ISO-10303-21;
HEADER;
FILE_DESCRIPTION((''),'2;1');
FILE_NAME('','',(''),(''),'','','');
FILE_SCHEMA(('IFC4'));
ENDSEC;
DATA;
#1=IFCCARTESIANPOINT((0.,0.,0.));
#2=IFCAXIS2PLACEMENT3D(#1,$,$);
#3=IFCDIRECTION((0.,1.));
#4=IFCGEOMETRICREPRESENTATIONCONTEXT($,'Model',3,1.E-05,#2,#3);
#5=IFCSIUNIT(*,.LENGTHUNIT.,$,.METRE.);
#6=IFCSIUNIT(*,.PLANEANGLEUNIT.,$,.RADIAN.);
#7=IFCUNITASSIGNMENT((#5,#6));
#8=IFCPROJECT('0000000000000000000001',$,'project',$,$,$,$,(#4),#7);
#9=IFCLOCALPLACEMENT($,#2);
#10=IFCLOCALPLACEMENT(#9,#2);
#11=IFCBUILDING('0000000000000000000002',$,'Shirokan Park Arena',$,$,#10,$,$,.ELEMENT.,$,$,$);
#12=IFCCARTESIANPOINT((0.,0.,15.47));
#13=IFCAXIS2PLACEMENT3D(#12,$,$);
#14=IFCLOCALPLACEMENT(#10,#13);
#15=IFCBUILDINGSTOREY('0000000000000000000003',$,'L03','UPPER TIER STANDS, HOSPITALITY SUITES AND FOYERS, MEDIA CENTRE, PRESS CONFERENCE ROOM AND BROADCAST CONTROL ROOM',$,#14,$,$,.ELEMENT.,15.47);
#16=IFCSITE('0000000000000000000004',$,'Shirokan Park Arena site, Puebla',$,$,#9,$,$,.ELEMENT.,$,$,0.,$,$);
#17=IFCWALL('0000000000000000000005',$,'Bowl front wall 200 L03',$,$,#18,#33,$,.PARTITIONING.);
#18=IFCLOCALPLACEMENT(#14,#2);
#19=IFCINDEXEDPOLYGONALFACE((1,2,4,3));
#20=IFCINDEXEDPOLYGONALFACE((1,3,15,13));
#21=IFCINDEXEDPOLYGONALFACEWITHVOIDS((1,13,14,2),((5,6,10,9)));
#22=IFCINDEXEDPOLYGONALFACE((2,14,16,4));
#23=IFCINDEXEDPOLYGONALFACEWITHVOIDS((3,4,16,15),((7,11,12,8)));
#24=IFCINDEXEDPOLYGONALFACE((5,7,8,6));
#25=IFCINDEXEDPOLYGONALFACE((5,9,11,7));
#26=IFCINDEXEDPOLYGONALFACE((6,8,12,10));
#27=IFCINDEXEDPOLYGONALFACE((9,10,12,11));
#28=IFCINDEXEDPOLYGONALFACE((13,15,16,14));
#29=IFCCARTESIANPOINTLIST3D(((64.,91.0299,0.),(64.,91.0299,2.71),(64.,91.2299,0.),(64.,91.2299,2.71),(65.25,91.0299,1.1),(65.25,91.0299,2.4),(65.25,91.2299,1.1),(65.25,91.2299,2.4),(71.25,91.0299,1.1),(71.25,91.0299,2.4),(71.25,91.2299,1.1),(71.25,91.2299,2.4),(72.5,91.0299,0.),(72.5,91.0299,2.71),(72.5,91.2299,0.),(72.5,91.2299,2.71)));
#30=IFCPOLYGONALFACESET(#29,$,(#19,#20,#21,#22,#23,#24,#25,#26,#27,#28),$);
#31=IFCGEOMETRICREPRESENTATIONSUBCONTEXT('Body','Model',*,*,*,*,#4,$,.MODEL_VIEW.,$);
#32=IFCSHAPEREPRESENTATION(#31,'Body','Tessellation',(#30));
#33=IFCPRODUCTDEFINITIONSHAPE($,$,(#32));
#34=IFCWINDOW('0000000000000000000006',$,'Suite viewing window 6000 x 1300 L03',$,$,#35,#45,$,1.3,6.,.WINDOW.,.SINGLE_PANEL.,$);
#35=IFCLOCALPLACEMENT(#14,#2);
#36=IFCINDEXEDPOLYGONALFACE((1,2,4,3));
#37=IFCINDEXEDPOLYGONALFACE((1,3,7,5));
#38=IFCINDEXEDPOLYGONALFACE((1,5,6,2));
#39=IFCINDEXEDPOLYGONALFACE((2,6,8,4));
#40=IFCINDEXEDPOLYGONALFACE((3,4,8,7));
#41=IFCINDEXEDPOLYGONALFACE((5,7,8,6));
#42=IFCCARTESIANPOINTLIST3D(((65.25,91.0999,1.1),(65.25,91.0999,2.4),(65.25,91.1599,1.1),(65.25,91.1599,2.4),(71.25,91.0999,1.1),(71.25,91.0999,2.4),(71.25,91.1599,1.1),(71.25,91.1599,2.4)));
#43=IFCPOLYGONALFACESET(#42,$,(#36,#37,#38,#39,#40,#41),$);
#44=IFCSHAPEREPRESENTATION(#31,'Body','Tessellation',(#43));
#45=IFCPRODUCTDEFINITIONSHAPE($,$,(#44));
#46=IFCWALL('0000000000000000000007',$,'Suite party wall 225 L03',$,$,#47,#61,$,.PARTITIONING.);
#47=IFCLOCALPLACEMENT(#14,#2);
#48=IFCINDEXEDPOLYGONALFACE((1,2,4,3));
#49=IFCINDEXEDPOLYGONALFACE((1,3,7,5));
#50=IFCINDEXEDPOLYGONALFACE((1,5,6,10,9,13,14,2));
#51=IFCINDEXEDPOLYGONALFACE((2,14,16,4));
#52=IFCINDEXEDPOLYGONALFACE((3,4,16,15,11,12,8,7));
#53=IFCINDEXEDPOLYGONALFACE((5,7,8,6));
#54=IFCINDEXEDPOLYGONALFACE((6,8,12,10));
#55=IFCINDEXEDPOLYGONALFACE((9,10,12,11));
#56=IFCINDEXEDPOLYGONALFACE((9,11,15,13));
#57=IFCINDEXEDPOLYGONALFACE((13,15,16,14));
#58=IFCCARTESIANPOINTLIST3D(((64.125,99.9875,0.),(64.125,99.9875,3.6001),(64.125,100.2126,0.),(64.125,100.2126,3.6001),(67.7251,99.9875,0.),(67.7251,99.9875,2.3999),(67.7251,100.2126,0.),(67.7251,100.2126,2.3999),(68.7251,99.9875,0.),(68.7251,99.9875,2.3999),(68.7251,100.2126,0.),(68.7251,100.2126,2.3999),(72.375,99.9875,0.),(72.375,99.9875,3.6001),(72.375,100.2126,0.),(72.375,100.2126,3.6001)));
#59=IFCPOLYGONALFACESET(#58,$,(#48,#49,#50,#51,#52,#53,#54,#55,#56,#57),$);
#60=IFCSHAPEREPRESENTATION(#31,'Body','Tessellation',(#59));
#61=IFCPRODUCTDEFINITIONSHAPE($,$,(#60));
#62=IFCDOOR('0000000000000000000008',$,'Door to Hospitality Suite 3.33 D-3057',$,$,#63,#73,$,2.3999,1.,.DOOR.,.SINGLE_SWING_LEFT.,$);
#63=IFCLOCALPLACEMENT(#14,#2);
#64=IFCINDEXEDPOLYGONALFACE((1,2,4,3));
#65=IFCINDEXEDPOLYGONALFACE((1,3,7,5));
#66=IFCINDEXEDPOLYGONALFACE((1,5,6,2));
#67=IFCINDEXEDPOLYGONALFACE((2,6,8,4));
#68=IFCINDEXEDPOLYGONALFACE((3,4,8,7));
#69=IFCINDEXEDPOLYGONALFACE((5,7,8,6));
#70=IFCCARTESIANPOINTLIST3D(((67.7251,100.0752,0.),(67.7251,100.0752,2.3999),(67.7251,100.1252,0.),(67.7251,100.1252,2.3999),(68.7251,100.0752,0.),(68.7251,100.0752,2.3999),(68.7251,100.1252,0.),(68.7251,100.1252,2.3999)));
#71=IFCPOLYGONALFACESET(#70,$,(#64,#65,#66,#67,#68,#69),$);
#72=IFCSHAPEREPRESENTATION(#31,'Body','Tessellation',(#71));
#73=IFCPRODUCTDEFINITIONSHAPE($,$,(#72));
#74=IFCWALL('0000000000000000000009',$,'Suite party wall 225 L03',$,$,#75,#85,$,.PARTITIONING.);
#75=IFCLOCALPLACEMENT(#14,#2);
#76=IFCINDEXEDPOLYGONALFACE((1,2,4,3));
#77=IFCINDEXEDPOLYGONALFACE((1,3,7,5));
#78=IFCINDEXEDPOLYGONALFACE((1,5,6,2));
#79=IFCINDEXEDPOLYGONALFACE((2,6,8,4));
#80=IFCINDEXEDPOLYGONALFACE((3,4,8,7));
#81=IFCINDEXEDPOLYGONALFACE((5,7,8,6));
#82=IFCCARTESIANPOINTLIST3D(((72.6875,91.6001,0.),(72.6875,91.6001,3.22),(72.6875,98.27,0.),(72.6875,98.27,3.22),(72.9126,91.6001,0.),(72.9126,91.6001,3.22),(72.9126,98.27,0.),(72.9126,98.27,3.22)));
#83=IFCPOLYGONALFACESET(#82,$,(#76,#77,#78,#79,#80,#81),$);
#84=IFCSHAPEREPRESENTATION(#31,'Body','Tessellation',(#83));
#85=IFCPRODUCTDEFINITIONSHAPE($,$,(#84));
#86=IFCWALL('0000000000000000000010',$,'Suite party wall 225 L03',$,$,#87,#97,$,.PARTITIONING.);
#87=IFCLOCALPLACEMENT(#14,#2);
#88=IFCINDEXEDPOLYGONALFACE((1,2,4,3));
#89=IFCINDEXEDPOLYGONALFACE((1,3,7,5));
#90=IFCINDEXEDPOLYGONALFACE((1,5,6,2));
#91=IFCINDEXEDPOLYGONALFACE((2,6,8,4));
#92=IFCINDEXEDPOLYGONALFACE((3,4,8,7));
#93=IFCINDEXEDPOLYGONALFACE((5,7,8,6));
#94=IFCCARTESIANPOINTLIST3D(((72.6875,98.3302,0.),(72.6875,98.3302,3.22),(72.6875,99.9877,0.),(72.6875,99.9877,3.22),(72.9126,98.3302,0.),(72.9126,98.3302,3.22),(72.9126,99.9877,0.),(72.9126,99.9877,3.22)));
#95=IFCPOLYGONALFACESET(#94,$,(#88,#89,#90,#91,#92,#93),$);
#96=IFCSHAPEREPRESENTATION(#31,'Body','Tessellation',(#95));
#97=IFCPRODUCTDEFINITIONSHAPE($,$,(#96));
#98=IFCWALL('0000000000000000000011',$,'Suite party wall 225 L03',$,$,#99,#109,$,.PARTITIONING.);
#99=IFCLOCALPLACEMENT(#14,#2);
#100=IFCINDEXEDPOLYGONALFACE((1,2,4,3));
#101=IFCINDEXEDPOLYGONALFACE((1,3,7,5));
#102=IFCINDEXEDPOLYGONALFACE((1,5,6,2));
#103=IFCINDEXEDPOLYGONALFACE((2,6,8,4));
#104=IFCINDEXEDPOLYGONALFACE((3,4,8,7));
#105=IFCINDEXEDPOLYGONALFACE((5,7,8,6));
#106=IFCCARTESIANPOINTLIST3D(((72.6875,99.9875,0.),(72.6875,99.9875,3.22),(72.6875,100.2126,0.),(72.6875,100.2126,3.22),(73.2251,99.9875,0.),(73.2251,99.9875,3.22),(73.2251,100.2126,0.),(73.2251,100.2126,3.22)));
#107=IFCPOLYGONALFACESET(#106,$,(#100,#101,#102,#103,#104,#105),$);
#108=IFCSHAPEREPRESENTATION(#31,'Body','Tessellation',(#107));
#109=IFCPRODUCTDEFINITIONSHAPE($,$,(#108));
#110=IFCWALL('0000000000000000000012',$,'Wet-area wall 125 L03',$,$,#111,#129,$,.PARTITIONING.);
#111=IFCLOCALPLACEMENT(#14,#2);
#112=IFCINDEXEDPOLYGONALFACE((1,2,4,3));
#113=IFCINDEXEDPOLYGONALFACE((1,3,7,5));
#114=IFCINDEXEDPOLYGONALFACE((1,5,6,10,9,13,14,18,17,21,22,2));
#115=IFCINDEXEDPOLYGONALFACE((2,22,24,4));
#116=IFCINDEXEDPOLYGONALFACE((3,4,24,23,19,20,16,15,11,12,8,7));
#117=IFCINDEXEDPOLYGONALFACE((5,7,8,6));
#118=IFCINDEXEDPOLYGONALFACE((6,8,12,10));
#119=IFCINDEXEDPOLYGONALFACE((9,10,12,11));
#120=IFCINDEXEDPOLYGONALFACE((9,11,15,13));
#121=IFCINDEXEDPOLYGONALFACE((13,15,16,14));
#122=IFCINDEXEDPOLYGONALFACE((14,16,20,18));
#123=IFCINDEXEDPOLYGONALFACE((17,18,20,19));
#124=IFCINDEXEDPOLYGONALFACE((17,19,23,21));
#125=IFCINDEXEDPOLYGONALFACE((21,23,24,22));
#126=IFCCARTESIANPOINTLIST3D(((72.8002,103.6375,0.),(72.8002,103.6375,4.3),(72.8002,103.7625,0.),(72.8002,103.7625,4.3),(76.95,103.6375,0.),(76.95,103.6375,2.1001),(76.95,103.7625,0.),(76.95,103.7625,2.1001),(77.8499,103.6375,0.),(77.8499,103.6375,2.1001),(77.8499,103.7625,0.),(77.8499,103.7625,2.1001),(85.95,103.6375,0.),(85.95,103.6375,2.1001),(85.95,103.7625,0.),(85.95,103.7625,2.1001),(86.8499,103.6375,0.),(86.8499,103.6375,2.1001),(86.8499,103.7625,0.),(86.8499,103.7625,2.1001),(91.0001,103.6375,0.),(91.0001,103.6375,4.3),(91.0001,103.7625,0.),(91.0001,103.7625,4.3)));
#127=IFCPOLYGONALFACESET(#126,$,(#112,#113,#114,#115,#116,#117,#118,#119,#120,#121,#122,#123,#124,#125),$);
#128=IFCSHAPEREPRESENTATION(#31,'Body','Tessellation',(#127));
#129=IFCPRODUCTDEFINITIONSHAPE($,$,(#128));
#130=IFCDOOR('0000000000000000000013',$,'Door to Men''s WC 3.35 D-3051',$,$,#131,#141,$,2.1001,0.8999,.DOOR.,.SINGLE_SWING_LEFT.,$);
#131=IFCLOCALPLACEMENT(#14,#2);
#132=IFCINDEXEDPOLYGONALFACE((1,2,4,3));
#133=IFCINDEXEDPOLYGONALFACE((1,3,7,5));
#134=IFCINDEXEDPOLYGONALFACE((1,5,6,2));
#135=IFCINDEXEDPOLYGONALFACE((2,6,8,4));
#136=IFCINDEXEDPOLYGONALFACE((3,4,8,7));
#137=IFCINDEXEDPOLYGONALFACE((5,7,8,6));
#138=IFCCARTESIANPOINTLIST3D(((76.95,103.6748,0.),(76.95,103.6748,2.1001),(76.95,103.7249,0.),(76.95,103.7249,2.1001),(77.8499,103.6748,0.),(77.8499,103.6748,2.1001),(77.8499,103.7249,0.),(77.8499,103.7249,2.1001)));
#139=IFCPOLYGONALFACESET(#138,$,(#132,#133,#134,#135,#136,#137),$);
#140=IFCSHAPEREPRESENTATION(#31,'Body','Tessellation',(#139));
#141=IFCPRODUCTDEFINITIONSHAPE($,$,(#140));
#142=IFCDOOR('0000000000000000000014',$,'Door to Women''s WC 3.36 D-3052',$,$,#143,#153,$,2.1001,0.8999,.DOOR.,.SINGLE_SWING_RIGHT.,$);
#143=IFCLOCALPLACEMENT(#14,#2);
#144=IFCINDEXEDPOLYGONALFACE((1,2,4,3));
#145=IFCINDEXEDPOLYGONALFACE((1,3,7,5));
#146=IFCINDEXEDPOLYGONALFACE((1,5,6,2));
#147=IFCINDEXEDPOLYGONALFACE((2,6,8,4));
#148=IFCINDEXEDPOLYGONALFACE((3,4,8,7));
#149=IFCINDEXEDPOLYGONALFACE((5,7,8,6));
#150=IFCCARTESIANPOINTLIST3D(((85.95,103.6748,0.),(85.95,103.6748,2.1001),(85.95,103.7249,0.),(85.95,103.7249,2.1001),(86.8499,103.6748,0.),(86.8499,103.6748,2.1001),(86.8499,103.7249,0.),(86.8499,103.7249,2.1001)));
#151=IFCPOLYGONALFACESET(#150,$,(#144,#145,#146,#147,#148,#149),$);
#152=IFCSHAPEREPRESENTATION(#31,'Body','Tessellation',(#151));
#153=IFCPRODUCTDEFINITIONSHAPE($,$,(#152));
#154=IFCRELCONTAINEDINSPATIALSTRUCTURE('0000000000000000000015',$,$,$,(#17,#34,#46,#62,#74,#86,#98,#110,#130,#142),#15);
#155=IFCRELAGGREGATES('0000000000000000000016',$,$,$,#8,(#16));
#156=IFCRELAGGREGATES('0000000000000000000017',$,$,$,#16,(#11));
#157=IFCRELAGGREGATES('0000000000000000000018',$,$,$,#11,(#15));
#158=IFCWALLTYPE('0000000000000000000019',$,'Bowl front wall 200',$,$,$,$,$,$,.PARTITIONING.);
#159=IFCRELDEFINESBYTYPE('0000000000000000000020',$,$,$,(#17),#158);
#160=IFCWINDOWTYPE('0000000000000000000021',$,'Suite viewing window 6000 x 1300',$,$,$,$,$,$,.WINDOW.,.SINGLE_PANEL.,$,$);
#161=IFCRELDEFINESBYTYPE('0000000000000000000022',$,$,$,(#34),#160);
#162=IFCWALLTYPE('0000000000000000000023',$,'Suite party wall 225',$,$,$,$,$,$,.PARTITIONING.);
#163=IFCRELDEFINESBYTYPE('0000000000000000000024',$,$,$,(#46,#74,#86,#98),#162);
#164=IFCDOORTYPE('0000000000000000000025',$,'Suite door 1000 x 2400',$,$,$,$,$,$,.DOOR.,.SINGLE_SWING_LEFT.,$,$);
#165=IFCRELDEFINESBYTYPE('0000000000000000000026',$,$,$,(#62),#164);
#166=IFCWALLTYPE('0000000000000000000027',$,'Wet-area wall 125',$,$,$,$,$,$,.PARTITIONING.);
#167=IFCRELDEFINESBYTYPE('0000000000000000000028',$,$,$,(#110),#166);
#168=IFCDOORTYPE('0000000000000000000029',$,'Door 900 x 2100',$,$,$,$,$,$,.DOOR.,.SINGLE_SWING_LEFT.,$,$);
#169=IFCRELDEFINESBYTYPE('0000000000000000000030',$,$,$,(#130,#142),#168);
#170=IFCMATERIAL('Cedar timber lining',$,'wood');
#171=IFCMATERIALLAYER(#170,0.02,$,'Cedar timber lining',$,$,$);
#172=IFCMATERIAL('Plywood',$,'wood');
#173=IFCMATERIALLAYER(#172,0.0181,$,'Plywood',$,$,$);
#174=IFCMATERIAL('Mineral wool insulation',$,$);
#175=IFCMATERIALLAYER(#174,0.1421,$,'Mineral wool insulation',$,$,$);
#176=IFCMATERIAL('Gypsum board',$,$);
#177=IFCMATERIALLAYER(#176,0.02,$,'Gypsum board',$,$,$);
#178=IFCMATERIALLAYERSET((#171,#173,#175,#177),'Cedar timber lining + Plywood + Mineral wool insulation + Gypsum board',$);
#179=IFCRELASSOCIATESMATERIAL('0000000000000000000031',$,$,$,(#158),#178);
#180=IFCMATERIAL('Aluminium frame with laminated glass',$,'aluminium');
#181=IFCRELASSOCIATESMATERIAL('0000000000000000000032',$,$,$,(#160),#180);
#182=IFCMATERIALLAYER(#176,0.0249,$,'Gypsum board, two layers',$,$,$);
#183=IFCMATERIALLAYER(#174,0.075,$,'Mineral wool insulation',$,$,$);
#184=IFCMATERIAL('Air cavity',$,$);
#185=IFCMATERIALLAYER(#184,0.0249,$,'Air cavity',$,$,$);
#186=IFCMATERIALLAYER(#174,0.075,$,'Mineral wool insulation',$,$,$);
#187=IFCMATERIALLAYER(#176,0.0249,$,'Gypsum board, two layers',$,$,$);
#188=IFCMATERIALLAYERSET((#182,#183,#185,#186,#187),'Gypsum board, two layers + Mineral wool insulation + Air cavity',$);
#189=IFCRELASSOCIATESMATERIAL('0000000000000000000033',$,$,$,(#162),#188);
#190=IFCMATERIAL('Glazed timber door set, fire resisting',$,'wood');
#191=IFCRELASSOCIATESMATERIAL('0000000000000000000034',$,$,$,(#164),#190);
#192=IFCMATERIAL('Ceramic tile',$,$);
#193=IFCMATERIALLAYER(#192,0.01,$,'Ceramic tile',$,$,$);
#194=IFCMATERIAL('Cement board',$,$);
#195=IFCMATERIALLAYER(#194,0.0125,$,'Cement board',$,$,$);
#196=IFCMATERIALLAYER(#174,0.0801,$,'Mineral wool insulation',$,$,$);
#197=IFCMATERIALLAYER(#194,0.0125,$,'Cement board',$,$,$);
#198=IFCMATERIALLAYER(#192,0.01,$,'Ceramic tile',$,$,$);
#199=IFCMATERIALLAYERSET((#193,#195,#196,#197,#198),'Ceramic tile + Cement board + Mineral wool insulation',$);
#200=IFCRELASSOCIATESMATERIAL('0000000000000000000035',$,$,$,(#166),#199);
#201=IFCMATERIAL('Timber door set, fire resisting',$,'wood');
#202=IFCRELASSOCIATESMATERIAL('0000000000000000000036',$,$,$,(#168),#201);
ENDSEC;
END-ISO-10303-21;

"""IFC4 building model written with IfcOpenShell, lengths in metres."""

from ifc_helpers import new_model, si_unit, direction, frame, frame_2d, origin, place, context, subcontext, project, spatial, rectangle, extrude, material, layer, layer_set, type_object, element, fill, save


model = new_model("IFC4")

# Units and contexts
model_context = context("Model", 3, precision=1e-05, world=origin(), true_north=direction((0.0, 1.0)))
body_context = subcontext(model_context, "Body", "Model", "MODEL_VIEW")
ifc_project = project(units=[si_unit("LENGTHUNIT", "METRE"), si_unit("PLANEANGLEUNIT", "RADIAN")], contexts=[model_context])

# Site, building, storey
site_placement = place(None, origin())
site = spatial("IfcSite", under=ifc_project, at=site_placement, Name="Shirokan Park Arena site, Puebla", CompositionType="ELEMENT", RefElevation=0.0)
building_placement = place(site_placement, origin())
building = spatial("IfcBuilding", under=site, at=building_placement, Name="Shirokan Park Arena", CompositionType="ELEMENT")
storey_placement = place(building_placement, frame((0.0, 0.0, 15.47)))
storey = spatial("IfcBuildingStorey", under=building, at=storey_placement, Name="L03", Description="UPPER TIER STANDS, HOSPITALITY SUITES AND FOYERS, MEDIA CENTRE, PRESS CONFERENCE ROOM AND BROADCAST CONTROL ROOM", CompositionType="ELEMENT", Elevation=15.47)

# Wall, opening, window
ifc_material_1 = material(Name="Cedar timber lining", Category="wood")
ifc_layer_1 = layer(ifc_material_1, 0.02, Name="Cedar timber lining")
ifc_material_2 = material(Name="Plywood", Category="wood")
ifc_layer_2 = layer(ifc_material_2, 0.0181, Name="Plywood")
ifc_material_3 = material(Name="Mineral wool insulation")
ifc_layer_3 = layer(ifc_material_3, 0.1421, Name="Mineral wool insulation")
ifc_material_4 = material(Name="Gypsum board")
ifc_layer_4 = layer(ifc_material_4, 0.02, Name="Gypsum board")
ifc_layer_set_1 = layer_set([ifc_layer_1, ifc_layer_2, ifc_layer_3, ifc_layer_4], Name="Cedar timber lining + Plywood + Mineral wool insulation + Gypsum board")
wall_type_1 = type_object("IfcWallType", Name="Bowl front wall 200", PredefinedType="PARTITIONING", material=ifc_layer_set_1)
wall_1_placement = place(storey_placement, frame((72.5, 91.1299, 0.0), z_axis=(0.0, 0.0, 1.0), x_axis=(-1.0, 0.0, 0.0)))
wall_1 = element("IfcWall", 1, at=wall_1_placement, inside=storey, type_object=wall_type_1, Name="Bowl front wall 200 L03", PredefinedType="PARTITIONING", context=body_context, shape_type="SweptSolid", body=[
    extrude(rectangle(XDim=8.5, YDim=0.2, at=frame_2d((4.25, 0.0))), origin(), (0.0, 0.0, 1.0), 2.71),
])
opening_1_placement = place(wall_1_placement, frame((1.25, 0.0, 1.1001)))
opening_1 = element("IfcOpeningElement", 2, at=opening_1_placement, cuts=wall_1, PredefinedType="OPENING", context=body_context, shape_type="SweptSolid", body=[
    extrude(rectangle(XDim=6.0, YDim=1.3, at=frame_2d((3.0, 0.6499))), frame((0.0, 0.1099, 0.0), z_axis=(0.0, -1.0, 0.0), x_axis=(1.0, 0.0, 0.0)), (0.0, 0.0, 1.0), 0.22),
])
ifc_material_5 = material(Name="Aluminium frame with laminated glass", Category="aluminium")
window_type = type_object("IfcWindowType", Name="Suite viewing window 6000 x 1300", PartitioningType="SINGLE_PANEL", PredefinedType="WINDOW", material=ifc_material_5)
window_placement = place(opening_1_placement, origin())
window = element("IfcWindow", 3, at=window_placement, inside=storey, type_object=window_type, Name="Suite viewing window 6000 x 1300 L03", OverallHeight=1.3, OverallWidth=6.0, PartitioningType="SINGLE_PANEL", PredefinedType="WINDOW", context=body_context, shape_type="SweptSolid", body=[
    extrude(rectangle(XDim=6.0, YDim=1.3, at=frame_2d((3.0, 0.6499))), frame((0.0, 0.03, 0.0), z_axis=(0.0, -1.0, 0.0), x_axis=(1.0, 0.0, 0.0)), (0.0, 0.0, 1.0), 0.0601),
])
fill(opening_1, window)

# Wall, opening, door
ifc_layer_5 = layer(ifc_material_4, 0.0249, Name="Gypsum board, two layers")
ifc_layer_6 = layer(ifc_material_3, 0.075, Name="Mineral wool insulation")
ifc_material_6 = material(Name="Air cavity")
ifc_layer_7 = layer(ifc_material_6, 0.0249, Name="Air cavity")
ifc_layer_8 = layer(ifc_material_3, 0.075, Name="Mineral wool insulation")
ifc_layer_9 = layer(ifc_material_4, 0.0249, Name="Gypsum board, two layers")
ifc_layer_set_2 = layer_set([ifc_layer_5, ifc_layer_6, ifc_layer_7, ifc_layer_8, ifc_layer_9], Name="Gypsum board, two layers + Mineral wool insulation + Air cavity")
wall_type_2 = type_object("IfcWallType", Name="Suite party wall 225", PredefinedType="PARTITIONING", material=ifc_layer_set_2)
wall_2_placement = place(storey_placement, frame((72.375, 100.1001, 0.0), z_axis=(0.0, 0.0, 1.0), x_axis=(-1.0, 0.0, 0.0)))
wall_2 = element("IfcWall", 4, at=wall_2_placement, inside=storey, type_object=wall_type_2, Name="Suite party wall 225 L03", PredefinedType="PARTITIONING", context=body_context, shape_type="SweptSolid", body=[
    extrude(rectangle(XDim=8.25, YDim=0.2251, at=frame_2d((4.125, 0.0))), origin(), (0.0, 0.0, 1.0), 3.6001),
])
opening_2_placement = place(wall_2_placement, frame((3.6499, 0.0, 0.0)))
opening_2 = element("IfcOpeningElement", 5, at=opening_2_placement, cuts=wall_2, PredefinedType="OPENING", context=body_context, shape_type="SweptSolid", body=[
    extrude(rectangle(XDim=1.0, YDim=2.3999, at=frame_2d((0.5, 1.2))), frame((0.0, 0.1226, 0.0), z_axis=(0.0, -1.0, 0.0), x_axis=(1.0, 0.0, 0.0)), (0.0, 0.0, 1.0), 0.2451),
])
ifc_material_7 = material(Name="Glazed timber door set, fire resisting", Category="wood")
door_type_1 = type_object("IfcDoorType", Name="Suite door 1000 x 2400", OperationType="SINGLE_SWING_LEFT", PredefinedType="DOOR", material=ifc_material_7)
door_1_placement = place(opening_2_placement, origin())
door_1 = element("IfcDoor", 6, at=door_1_placement, inside=storey, type_object=door_type_1, Name="Door to Hospitality Suite 3.33 D-3057", OperationType="SINGLE_SWING_LEFT", OverallHeight=2.3999, OverallWidth=1.0, PredefinedType="DOOR", context=body_context, shape_type="SweptSolid", body=[
    extrude(rectangle(XDim=1.0, YDim=2.3999, at=frame_2d((0.5, 1.2))), frame((0.0, 0.0249, 0.0), z_axis=(0.0, -1.0, 0.0), x_axis=(1.0, 0.0, 0.0)), (0.0, 0.0, 1.0), 0.05),
])
fill(opening_2, door_1)

# Walls
wall_3_placement = place(storey_placement, frame((72.8, 98.27, 0.0), z_axis=(0.0, 0.0, 1.0), x_axis=(0.0, -1.0, 0.0)))
element("IfcWall", 7, at=wall_3_placement, inside=storey, type_object=wall_type_2, Name="Suite party wall 225 L03", PredefinedType="PARTITIONING", context=body_context, shape_type="SweptSolid", body=[
    extrude(rectangle(XDim=6.6699, YDim=0.2251, at=frame_2d((3.335, 0.0))), origin(), (0.0, 0.0, 1.0), 3.22),
])
wall_4_placement = place(storey_placement, frame((72.8, 99.9875, 0.0), z_axis=(0.0, 0.0, 1.0), x_axis=(0.0, -1.0, 0.0)))
element("IfcWall", 8, at=wall_4_placement, inside=storey, type_object=wall_type_2, Name="Suite party wall 225 L03", PredefinedType="PARTITIONING", context=body_context, shape_type="SweptSolid", body=[
    extrude(rectangle(XDim=1.6575, YDim=0.2251, at=frame_2d((0.8286, 0.0))), origin(), (0.0, 0.0, 1.0), 3.22),
])
wall_5_placement = place(storey_placement, frame((73.2251, 100.1001, 0.0), z_axis=(0.0, 0.0, 1.0), x_axis=(-1.0, 0.0, 0.0)))
element("IfcWall", 9, at=wall_5_placement, inside=storey, type_object=wall_type_2, Name="Suite party wall 225 L03", PredefinedType="PARTITIONING", context=body_context, shape_type="SweptSolid", body=[
    extrude(rectangle(XDim=0.5376, YDim=0.2251, at=frame_2d((0.2688, 0.0))), origin(), (0.0, 0.0, 1.0), 3.22),
])

# Wall, openings, doors
ifc_material_8 = material(Name="Ceramic tile")
ifc_layer_10 = layer(ifc_material_8, 0.01, Name="Ceramic tile")
ifc_material_9 = material(Name="Cement board")
ifc_layer_11 = layer(ifc_material_9, 0.0125, Name="Cement board")
ifc_layer_12 = layer(ifc_material_3, 0.0801, Name="Mineral wool insulation")
ifc_layer_13 = layer(ifc_material_9, 0.0125, Name="Cement board")
ifc_layer_14 = layer(ifc_material_8, 0.01, Name="Ceramic tile")
ifc_layer_set_3 = layer_set([ifc_layer_10, ifc_layer_11, ifc_layer_12, ifc_layer_13, ifc_layer_14], Name="Ceramic tile + Cement board + Mineral wool insulation")
wall_type_3 = type_object("IfcWallType", Name="Wet-area wall 125", PredefinedType="PARTITIONING", material=ifc_layer_set_3)
wall_6_placement = place(storey_placement, frame((72.8, 103.7, 0.0), z_axis=(0.0, 0.0, 1.0), x_axis=(1.0, 0.0, 0.0)))
wall_6 = element("IfcWall", 10, at=wall_6_placement, inside=storey, type_object=wall_type_3, Name="Wet-area wall 125 L03", PredefinedType="PARTITIONING", context=body_context, shape_type="SweptSolid", body=[
    extrude(rectangle(XDim=18.2, YDim=0.125, at=frame_2d((9.1001, 0.0))), origin(), (0.0, 0.0, 1.0), 4.3),
])
opening_3_placement = place(wall_6_placement, frame((4.1499, 0.0, 0.0)))
opening_3 = element("IfcOpeningElement", 11, at=opening_3_placement, cuts=wall_6, PredefinedType="OPENING", context=body_context, shape_type="SweptSolid", body=[
    extrude(rectangle(XDim=0.8999, YDim=2.1001, at=frame_2d((0.45, 1.05))), frame((0.0, 0.0725, 0.0), z_axis=(0.0, -1.0, 0.0), x_axis=(1.0, 0.0, 0.0)), (0.0, 0.0, 1.0), 0.145),
])
opening_4_placement = place(wall_6_placement, frame((13.1499, 0.0, 0.0)))
opening_4 = element("IfcOpeningElement", 12, at=opening_4_placement, cuts=wall_6, PredefinedType="OPENING", context=body_context, shape_type="SweptSolid", body=[
    extrude(rectangle(XDim=0.8999, YDim=2.1001, at=frame_2d((0.45, 1.05))), frame((0.0, 0.0725, 0.0), z_axis=(0.0, -1.0, 0.0), x_axis=(1.0, 0.0, 0.0)), (0.0, 0.0, 1.0), 0.145),
])
ifc_material_10 = material(Name="Timber door set, fire resisting", Category="wood")
door_type_2 = type_object("IfcDoorType", Name="Door 900 x 2100", OperationType="SINGLE_SWING_LEFT", PredefinedType="DOOR", material=ifc_material_10)
door_2_placement = place(opening_3_placement, origin())
door_2 = element("IfcDoor", 13, at=door_2_placement, inside=storey, type_object=door_type_2, Name="Door to Men's WC 3.35 D-3051", OperationType="SINGLE_SWING_LEFT", OverallHeight=2.1001, OverallWidth=0.8999, PredefinedType="DOOR", context=body_context, shape_type="SweptSolid", body=[
    extrude(rectangle(XDim=0.8999, YDim=2.1001, at=frame_2d((0.45, 1.05))), frame((0.0, 0.0249, 0.0), z_axis=(0.0, -1.0, 0.0), x_axis=(1.0, 0.0, 0.0)), (0.0, 0.0, 1.0), 0.05),
])
fill(opening_3, door_2)
door_3_placement = place(opening_4_placement, origin())
door_3 = element("IfcDoor", 14, at=door_3_placement, inside=storey, type_object=door_type_2, Name="Door to Women's WC 3.36 D-3052", OperationType="SINGLE_SWING_RIGHT", OverallHeight=2.1001, OverallWidth=0.8999, PredefinedType="DOOR", context=body_context, shape_type="SweptSolid", body=[
    extrude(rectangle(XDim=0.8999, YDim=2.1001, at=frame_2d((0.45, 1.05))), frame((0.0, 0.0249, 0.0), z_axis=(0.0, -1.0, 0.0), x_axis=(1.0, 0.0, 0.0)), (0.0, 0.0, 1.0), 0.05),
])
fill(opening_4, door_3)

save(model, "model.ifc")
